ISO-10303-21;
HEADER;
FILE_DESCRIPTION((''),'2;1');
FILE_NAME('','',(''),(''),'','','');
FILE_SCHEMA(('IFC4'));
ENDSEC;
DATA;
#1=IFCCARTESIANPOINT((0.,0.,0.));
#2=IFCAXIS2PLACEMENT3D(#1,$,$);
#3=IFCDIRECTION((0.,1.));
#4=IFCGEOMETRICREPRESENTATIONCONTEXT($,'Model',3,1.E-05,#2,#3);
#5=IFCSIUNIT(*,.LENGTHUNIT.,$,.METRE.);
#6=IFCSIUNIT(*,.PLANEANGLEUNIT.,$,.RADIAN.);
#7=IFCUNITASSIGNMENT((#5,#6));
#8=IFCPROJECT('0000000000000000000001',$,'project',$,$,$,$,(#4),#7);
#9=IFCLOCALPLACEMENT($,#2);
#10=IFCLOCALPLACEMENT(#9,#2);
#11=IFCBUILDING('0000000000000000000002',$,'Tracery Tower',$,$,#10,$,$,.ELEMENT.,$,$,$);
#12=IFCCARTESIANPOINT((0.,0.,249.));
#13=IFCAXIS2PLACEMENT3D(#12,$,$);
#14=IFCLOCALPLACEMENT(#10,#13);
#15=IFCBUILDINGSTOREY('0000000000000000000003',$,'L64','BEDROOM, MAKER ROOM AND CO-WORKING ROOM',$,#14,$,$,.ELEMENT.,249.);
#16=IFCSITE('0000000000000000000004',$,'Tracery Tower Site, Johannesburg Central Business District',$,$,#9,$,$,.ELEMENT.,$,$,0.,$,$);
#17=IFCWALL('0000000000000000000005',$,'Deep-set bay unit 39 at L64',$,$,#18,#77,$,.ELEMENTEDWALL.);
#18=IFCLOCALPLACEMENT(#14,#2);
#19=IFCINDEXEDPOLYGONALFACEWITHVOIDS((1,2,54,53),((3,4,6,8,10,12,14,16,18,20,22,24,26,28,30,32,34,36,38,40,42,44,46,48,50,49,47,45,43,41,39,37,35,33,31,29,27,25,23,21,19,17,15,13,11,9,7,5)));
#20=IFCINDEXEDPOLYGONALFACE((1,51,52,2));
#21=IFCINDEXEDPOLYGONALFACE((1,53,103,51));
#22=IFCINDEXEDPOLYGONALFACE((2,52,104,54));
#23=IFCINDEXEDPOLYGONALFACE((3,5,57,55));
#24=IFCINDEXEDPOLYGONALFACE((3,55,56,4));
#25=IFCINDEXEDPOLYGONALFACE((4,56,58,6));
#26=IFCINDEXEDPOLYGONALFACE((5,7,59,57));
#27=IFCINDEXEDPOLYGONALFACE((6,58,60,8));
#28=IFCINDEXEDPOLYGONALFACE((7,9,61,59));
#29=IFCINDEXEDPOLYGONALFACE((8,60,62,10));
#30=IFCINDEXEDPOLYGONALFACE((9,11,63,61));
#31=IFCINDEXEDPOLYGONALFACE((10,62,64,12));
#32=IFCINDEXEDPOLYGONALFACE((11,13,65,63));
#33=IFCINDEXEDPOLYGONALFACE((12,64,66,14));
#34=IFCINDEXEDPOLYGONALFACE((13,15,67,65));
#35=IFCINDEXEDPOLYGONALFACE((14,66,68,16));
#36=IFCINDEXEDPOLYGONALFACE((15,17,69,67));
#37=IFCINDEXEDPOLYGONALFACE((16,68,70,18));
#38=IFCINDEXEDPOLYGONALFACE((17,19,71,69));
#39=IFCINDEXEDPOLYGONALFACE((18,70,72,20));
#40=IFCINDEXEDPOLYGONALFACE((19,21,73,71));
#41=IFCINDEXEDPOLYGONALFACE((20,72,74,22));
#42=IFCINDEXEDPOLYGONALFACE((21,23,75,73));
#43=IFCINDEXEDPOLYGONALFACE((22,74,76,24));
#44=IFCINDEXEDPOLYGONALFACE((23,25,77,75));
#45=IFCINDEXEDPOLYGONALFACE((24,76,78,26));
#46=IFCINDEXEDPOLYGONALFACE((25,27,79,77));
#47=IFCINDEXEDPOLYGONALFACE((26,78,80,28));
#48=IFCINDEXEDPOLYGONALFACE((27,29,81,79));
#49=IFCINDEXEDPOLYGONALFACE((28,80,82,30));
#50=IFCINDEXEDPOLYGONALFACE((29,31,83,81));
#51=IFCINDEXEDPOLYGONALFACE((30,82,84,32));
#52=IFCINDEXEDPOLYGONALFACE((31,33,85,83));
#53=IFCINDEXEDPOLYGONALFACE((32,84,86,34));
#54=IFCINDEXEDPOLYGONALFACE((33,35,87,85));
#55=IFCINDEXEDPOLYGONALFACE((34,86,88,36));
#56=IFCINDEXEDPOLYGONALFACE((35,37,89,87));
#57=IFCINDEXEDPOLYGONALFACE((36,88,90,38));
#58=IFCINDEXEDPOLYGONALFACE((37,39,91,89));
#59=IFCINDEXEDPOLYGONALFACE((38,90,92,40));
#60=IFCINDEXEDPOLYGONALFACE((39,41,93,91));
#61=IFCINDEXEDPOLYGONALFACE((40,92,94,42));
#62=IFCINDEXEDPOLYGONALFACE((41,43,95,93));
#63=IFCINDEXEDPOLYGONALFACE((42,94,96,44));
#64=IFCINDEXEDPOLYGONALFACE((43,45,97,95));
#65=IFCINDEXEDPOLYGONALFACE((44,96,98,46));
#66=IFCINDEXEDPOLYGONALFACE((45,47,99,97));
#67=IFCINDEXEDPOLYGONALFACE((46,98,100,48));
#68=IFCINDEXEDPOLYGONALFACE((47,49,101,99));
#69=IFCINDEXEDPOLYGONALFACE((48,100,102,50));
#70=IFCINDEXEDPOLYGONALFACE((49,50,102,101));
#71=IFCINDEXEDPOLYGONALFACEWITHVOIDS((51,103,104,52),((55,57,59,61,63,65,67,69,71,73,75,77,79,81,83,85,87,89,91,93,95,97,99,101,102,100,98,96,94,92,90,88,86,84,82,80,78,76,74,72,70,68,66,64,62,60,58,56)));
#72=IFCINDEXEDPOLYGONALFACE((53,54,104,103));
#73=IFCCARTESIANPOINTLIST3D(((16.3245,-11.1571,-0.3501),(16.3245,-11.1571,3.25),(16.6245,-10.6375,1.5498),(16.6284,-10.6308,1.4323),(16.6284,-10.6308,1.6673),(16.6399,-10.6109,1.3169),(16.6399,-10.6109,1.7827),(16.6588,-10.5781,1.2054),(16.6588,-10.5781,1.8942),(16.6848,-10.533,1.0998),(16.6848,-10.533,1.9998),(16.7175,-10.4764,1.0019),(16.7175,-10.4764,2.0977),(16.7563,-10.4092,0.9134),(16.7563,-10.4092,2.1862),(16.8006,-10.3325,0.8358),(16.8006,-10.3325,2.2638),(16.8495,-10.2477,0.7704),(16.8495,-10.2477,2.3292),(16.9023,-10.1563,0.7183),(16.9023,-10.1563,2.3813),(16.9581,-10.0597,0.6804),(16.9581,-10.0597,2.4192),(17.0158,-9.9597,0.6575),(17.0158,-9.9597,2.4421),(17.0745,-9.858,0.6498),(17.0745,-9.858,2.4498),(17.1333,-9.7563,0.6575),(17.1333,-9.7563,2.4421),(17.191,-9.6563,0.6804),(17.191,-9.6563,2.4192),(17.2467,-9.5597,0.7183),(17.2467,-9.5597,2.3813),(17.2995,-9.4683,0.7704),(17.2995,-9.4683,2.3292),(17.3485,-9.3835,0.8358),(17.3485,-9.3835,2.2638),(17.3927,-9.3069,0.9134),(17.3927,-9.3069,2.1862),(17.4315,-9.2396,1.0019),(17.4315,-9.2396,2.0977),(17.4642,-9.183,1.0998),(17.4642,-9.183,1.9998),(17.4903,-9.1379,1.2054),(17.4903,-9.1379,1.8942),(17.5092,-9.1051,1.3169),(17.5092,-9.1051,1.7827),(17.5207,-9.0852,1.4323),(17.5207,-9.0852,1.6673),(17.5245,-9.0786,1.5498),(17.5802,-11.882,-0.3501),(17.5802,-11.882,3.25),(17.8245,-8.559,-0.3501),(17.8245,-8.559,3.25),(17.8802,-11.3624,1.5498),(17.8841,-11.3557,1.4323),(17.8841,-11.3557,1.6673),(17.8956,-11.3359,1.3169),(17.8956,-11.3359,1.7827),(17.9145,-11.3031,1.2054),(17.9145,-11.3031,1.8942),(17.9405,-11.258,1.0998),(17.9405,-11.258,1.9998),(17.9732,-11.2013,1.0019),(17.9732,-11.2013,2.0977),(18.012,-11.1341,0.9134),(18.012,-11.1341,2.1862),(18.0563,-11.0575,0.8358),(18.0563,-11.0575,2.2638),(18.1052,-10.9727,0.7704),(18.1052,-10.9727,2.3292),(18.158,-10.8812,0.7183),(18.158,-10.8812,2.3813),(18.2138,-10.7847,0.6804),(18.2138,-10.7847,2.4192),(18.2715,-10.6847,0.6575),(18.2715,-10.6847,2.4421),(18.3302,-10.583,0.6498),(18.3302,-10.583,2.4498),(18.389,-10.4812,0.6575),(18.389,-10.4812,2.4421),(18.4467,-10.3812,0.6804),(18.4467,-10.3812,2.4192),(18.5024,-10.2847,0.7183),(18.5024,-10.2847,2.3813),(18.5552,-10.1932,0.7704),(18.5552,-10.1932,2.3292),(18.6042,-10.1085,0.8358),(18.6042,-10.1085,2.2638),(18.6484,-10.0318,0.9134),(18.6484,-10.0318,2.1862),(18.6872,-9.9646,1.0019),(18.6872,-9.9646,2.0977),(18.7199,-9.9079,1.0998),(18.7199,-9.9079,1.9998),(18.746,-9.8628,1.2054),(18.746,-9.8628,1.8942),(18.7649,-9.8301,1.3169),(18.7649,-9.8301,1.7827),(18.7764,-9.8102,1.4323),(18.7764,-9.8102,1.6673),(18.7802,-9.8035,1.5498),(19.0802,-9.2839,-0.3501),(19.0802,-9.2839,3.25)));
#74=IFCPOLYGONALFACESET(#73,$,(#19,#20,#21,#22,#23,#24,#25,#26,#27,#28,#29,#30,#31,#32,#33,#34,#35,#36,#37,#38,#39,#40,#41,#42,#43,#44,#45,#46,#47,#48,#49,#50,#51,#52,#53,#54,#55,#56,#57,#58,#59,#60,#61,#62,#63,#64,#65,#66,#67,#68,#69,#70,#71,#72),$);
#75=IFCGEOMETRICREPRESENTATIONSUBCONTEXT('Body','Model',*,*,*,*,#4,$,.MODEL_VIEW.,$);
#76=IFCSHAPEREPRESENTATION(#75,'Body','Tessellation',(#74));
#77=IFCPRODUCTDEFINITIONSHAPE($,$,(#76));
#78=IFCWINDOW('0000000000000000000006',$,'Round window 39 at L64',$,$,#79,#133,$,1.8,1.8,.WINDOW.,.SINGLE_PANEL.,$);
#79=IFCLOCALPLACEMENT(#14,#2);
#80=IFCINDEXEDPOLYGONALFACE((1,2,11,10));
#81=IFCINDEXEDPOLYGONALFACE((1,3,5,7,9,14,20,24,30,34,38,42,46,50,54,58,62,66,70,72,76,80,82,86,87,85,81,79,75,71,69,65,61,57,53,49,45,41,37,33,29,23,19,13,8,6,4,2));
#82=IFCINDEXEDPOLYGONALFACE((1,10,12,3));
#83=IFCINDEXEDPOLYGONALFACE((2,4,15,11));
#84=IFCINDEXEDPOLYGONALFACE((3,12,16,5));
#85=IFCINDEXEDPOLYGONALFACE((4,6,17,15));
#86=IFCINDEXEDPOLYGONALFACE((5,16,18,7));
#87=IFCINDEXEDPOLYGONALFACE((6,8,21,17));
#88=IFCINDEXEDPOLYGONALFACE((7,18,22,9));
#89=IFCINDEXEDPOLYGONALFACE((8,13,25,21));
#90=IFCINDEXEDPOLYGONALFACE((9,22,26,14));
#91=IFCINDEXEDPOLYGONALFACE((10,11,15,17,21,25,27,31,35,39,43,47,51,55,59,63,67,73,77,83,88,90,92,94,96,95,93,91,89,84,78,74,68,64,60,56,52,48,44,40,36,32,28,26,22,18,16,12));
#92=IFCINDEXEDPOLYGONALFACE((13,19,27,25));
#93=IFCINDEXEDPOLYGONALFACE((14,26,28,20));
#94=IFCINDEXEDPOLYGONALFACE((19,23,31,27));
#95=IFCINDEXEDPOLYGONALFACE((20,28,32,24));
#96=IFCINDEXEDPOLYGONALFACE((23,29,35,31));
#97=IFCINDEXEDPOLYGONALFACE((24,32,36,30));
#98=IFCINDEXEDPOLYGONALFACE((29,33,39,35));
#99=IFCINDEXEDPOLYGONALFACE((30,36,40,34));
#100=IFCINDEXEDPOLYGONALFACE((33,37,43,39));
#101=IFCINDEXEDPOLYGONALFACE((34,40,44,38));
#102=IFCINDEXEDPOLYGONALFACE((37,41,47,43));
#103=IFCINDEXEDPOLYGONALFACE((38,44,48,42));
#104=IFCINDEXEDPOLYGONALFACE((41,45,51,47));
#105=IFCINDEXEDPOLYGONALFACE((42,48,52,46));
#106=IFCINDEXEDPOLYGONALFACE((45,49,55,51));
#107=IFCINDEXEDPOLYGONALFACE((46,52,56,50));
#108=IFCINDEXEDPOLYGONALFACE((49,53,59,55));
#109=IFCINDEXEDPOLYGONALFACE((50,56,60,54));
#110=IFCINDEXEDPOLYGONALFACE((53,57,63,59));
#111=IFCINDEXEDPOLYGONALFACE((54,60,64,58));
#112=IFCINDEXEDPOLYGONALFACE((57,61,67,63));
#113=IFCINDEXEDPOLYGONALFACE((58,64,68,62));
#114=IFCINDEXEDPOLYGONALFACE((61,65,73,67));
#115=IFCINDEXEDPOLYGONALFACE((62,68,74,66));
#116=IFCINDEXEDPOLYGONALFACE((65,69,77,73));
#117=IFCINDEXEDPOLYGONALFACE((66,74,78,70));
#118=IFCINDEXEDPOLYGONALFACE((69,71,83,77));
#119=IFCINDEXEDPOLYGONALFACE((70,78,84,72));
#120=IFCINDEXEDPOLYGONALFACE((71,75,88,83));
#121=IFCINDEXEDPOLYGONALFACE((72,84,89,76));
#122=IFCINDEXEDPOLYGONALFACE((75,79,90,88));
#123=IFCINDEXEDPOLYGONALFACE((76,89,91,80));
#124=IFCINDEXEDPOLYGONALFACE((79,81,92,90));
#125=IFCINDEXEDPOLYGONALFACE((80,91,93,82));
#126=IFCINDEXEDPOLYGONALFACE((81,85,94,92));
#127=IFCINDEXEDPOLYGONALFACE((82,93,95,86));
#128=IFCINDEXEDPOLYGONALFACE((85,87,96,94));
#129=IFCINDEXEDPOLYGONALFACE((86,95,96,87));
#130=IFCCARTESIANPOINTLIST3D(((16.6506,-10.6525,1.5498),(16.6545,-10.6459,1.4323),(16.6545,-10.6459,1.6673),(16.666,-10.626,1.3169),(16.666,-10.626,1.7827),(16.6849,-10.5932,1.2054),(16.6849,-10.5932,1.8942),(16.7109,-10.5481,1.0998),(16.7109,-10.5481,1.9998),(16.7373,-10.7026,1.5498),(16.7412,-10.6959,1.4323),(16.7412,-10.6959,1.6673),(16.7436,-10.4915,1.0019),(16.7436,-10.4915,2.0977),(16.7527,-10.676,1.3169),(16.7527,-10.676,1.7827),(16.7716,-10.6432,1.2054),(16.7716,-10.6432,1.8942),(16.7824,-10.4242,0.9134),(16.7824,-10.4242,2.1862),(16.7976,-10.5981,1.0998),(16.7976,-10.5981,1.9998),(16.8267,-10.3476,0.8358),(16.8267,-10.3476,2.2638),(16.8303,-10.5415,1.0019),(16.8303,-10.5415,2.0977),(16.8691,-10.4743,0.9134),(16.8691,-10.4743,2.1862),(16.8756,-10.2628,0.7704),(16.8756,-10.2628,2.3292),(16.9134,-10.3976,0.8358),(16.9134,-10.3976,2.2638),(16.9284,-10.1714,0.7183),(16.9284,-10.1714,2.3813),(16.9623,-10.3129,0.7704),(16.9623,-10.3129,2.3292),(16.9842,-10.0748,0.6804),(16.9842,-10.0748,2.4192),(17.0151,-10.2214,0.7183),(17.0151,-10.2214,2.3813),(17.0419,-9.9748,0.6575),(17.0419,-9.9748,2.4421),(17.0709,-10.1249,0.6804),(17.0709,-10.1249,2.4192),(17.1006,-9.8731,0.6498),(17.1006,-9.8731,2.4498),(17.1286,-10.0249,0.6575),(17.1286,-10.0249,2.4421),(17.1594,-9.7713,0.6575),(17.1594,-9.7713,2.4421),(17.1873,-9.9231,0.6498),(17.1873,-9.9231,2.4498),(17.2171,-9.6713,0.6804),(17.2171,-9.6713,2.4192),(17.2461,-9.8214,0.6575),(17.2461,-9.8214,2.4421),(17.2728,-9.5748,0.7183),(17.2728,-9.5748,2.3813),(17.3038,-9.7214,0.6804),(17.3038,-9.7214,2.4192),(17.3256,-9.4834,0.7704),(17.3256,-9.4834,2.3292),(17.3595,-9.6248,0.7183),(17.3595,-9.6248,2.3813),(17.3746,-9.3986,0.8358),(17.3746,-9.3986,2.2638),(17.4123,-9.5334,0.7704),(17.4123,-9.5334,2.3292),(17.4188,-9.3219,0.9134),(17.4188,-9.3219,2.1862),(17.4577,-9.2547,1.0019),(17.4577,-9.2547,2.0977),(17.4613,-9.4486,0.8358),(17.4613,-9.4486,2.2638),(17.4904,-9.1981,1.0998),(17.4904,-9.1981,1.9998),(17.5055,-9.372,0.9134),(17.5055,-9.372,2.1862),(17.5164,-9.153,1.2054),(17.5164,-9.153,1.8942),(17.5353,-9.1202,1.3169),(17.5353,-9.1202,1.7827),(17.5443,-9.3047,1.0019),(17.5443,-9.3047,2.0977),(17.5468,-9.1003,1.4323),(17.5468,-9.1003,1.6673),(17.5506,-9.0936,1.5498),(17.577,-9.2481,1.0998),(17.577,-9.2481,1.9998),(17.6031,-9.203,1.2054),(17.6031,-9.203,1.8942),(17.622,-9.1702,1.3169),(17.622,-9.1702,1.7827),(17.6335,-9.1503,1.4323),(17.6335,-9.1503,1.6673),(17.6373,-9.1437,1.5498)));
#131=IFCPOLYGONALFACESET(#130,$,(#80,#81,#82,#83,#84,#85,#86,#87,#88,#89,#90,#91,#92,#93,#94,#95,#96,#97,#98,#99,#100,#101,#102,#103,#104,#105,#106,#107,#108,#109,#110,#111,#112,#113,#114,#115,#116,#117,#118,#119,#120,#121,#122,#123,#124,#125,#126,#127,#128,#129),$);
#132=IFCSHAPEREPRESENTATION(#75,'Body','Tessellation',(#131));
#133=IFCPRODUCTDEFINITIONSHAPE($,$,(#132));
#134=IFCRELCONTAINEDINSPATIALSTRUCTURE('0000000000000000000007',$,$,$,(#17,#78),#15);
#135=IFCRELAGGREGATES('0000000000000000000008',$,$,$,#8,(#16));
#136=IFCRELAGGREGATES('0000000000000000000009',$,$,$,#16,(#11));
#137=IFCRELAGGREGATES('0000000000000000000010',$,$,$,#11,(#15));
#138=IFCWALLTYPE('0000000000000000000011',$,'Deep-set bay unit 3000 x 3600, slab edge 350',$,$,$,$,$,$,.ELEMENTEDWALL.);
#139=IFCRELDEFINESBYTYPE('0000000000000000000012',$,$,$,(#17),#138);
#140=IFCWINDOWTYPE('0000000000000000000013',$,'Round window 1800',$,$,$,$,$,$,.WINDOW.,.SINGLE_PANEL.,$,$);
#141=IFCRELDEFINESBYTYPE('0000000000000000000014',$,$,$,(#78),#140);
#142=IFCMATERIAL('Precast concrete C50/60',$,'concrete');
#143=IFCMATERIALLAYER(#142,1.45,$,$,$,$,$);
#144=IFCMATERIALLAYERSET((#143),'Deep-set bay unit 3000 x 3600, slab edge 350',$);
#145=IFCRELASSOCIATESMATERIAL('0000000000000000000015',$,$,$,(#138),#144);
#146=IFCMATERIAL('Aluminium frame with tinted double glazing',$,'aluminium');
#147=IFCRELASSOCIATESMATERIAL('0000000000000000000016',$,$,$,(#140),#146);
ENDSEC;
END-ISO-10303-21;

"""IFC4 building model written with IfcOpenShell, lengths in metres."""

from ifc_helpers import new_model, si_unit, direction, frame, frame_2d, origin, origin_2d, place, context, subcontext, project, spatial, rectangle, circle, extrude, material, layer, layer_set, type_object, element, fill, save


model = new_model("IFC4")

# Units and contexts
model_context = context("Model", 3, precision=1e-05, world=origin(), true_north=direction((0.0, 1.0)))
body_context = subcontext(model_context, "Body", "Model", "MODEL_VIEW")
ifc_project = project(units=[si_unit("LENGTHUNIT", "METRE"), si_unit("PLANEANGLEUNIT", "RADIAN")], contexts=[model_context])

# Site, building, storey
site_placement = place(None, origin())
site = spatial("IfcSite", under=ifc_project, at=site_placement, Name="Tracery Tower Site, Johannesburg Central Business District", CompositionType="ELEMENT", RefElevation=0.0)
building_placement = place(site_placement, origin())
building = spatial("IfcBuilding", under=site, at=building_placement, Name="Tracery Tower", CompositionType="ELEMENT")
storey_placement = place(building_placement, frame((0.0, 0.0, 249.0)))
storey = spatial("IfcBuildingStorey", under=building, at=storey_placement, Name="L64", Description="BEDROOM, MAKER ROOM AND CO-WORKING ROOM", CompositionType="ELEMENT", Elevation=249.0)

# Wall, opening, window
ifc_material_1 = material(Name="Precast concrete C50/60", Category="concrete")
ifc_layer_1 = layer(ifc_material_1, 1.45)
ifc_layer_set_1 = layer_set([ifc_layer_1], Name="Deep-set bay unit 3000 x 3600, slab edge 350")
wall_type_1 = type_object("IfcWallType", Name="Deep-set bay unit 3000 x 3600, slab edge 350", PredefinedType="ELEMENTEDWALL", material=ifc_layer_set_1)
ifc_material_2 = material(Name="Aluminium frame with tinted double glazing", Category="aluminium")
window_type = type_object("IfcWindowType", Name="Round window 1800", PartitioningType="SINGLE_PANEL", PredefinedType="WINDOW", material=ifc_material_2)
wall_1_placement = place(storey_placement, frame((16.9524, -11.5195, -0.3501), z_axis=(0.0, 0.0, 1.0), x_axis=(0.49999, 0.866031, 0.0)))
wall_1 = element("IfcWall", 1, at=wall_1_placement, inside=storey, type_object=wall_type_1, Name="Deep-set bay unit 39 at L64", PredefinedType="ELEMENTEDWALL", context=body_context, shape_type="SweptSolid", body=[
    extrude(rectangle(XDim=3.0, YDim=1.45, at=frame_2d((1.5, 0.0))), origin(), (0.0, 0.0, 1.0), 3.6001),
])
opening_1_placement = place(wall_1_placement, frame((1.5, 0.0, 1.8999)))
opening_1 = element("IfcOpeningElement", 2, at=opening_1_placement, cuts=wall_1, PredefinedType="OPENING", context=body_context, shape_type="SweptSolid", body=[
    extrude(circle(Radius=0.9, at=origin_2d()), frame((0.0, 0.7349, 0.0), z_axis=(0.0, -1.0, 0.0), x_axis=(1.0, 0.0, 0.0)), (0.0, 0.0, 1.0), 1.47),
])
window_1_placement = place(opening_1_placement, origin())
window_1 = element("IfcWindow", 3, at=window_1_placement, inside=storey, type_object=window_type, Name="Round window 39 at L64", OverallHeight=1.8, OverallWidth=1.8, PartitioningType="SINGLE_PANEL", PredefinedType="WINDOW", context=body_context, shape_type="SweptSolid", body=[
    extrude(circle(Radius=0.9, at=origin_2d()), frame((0.0, 0.6948, 0.0), z_axis=(0.0, -1.0, 0.0), x_axis=(1.0, 0.0, 0.0)), (0.0, 0.0, 1.0), 0.1001),
])
fill(opening_1, window_1)

save(model, "model.ifc")
